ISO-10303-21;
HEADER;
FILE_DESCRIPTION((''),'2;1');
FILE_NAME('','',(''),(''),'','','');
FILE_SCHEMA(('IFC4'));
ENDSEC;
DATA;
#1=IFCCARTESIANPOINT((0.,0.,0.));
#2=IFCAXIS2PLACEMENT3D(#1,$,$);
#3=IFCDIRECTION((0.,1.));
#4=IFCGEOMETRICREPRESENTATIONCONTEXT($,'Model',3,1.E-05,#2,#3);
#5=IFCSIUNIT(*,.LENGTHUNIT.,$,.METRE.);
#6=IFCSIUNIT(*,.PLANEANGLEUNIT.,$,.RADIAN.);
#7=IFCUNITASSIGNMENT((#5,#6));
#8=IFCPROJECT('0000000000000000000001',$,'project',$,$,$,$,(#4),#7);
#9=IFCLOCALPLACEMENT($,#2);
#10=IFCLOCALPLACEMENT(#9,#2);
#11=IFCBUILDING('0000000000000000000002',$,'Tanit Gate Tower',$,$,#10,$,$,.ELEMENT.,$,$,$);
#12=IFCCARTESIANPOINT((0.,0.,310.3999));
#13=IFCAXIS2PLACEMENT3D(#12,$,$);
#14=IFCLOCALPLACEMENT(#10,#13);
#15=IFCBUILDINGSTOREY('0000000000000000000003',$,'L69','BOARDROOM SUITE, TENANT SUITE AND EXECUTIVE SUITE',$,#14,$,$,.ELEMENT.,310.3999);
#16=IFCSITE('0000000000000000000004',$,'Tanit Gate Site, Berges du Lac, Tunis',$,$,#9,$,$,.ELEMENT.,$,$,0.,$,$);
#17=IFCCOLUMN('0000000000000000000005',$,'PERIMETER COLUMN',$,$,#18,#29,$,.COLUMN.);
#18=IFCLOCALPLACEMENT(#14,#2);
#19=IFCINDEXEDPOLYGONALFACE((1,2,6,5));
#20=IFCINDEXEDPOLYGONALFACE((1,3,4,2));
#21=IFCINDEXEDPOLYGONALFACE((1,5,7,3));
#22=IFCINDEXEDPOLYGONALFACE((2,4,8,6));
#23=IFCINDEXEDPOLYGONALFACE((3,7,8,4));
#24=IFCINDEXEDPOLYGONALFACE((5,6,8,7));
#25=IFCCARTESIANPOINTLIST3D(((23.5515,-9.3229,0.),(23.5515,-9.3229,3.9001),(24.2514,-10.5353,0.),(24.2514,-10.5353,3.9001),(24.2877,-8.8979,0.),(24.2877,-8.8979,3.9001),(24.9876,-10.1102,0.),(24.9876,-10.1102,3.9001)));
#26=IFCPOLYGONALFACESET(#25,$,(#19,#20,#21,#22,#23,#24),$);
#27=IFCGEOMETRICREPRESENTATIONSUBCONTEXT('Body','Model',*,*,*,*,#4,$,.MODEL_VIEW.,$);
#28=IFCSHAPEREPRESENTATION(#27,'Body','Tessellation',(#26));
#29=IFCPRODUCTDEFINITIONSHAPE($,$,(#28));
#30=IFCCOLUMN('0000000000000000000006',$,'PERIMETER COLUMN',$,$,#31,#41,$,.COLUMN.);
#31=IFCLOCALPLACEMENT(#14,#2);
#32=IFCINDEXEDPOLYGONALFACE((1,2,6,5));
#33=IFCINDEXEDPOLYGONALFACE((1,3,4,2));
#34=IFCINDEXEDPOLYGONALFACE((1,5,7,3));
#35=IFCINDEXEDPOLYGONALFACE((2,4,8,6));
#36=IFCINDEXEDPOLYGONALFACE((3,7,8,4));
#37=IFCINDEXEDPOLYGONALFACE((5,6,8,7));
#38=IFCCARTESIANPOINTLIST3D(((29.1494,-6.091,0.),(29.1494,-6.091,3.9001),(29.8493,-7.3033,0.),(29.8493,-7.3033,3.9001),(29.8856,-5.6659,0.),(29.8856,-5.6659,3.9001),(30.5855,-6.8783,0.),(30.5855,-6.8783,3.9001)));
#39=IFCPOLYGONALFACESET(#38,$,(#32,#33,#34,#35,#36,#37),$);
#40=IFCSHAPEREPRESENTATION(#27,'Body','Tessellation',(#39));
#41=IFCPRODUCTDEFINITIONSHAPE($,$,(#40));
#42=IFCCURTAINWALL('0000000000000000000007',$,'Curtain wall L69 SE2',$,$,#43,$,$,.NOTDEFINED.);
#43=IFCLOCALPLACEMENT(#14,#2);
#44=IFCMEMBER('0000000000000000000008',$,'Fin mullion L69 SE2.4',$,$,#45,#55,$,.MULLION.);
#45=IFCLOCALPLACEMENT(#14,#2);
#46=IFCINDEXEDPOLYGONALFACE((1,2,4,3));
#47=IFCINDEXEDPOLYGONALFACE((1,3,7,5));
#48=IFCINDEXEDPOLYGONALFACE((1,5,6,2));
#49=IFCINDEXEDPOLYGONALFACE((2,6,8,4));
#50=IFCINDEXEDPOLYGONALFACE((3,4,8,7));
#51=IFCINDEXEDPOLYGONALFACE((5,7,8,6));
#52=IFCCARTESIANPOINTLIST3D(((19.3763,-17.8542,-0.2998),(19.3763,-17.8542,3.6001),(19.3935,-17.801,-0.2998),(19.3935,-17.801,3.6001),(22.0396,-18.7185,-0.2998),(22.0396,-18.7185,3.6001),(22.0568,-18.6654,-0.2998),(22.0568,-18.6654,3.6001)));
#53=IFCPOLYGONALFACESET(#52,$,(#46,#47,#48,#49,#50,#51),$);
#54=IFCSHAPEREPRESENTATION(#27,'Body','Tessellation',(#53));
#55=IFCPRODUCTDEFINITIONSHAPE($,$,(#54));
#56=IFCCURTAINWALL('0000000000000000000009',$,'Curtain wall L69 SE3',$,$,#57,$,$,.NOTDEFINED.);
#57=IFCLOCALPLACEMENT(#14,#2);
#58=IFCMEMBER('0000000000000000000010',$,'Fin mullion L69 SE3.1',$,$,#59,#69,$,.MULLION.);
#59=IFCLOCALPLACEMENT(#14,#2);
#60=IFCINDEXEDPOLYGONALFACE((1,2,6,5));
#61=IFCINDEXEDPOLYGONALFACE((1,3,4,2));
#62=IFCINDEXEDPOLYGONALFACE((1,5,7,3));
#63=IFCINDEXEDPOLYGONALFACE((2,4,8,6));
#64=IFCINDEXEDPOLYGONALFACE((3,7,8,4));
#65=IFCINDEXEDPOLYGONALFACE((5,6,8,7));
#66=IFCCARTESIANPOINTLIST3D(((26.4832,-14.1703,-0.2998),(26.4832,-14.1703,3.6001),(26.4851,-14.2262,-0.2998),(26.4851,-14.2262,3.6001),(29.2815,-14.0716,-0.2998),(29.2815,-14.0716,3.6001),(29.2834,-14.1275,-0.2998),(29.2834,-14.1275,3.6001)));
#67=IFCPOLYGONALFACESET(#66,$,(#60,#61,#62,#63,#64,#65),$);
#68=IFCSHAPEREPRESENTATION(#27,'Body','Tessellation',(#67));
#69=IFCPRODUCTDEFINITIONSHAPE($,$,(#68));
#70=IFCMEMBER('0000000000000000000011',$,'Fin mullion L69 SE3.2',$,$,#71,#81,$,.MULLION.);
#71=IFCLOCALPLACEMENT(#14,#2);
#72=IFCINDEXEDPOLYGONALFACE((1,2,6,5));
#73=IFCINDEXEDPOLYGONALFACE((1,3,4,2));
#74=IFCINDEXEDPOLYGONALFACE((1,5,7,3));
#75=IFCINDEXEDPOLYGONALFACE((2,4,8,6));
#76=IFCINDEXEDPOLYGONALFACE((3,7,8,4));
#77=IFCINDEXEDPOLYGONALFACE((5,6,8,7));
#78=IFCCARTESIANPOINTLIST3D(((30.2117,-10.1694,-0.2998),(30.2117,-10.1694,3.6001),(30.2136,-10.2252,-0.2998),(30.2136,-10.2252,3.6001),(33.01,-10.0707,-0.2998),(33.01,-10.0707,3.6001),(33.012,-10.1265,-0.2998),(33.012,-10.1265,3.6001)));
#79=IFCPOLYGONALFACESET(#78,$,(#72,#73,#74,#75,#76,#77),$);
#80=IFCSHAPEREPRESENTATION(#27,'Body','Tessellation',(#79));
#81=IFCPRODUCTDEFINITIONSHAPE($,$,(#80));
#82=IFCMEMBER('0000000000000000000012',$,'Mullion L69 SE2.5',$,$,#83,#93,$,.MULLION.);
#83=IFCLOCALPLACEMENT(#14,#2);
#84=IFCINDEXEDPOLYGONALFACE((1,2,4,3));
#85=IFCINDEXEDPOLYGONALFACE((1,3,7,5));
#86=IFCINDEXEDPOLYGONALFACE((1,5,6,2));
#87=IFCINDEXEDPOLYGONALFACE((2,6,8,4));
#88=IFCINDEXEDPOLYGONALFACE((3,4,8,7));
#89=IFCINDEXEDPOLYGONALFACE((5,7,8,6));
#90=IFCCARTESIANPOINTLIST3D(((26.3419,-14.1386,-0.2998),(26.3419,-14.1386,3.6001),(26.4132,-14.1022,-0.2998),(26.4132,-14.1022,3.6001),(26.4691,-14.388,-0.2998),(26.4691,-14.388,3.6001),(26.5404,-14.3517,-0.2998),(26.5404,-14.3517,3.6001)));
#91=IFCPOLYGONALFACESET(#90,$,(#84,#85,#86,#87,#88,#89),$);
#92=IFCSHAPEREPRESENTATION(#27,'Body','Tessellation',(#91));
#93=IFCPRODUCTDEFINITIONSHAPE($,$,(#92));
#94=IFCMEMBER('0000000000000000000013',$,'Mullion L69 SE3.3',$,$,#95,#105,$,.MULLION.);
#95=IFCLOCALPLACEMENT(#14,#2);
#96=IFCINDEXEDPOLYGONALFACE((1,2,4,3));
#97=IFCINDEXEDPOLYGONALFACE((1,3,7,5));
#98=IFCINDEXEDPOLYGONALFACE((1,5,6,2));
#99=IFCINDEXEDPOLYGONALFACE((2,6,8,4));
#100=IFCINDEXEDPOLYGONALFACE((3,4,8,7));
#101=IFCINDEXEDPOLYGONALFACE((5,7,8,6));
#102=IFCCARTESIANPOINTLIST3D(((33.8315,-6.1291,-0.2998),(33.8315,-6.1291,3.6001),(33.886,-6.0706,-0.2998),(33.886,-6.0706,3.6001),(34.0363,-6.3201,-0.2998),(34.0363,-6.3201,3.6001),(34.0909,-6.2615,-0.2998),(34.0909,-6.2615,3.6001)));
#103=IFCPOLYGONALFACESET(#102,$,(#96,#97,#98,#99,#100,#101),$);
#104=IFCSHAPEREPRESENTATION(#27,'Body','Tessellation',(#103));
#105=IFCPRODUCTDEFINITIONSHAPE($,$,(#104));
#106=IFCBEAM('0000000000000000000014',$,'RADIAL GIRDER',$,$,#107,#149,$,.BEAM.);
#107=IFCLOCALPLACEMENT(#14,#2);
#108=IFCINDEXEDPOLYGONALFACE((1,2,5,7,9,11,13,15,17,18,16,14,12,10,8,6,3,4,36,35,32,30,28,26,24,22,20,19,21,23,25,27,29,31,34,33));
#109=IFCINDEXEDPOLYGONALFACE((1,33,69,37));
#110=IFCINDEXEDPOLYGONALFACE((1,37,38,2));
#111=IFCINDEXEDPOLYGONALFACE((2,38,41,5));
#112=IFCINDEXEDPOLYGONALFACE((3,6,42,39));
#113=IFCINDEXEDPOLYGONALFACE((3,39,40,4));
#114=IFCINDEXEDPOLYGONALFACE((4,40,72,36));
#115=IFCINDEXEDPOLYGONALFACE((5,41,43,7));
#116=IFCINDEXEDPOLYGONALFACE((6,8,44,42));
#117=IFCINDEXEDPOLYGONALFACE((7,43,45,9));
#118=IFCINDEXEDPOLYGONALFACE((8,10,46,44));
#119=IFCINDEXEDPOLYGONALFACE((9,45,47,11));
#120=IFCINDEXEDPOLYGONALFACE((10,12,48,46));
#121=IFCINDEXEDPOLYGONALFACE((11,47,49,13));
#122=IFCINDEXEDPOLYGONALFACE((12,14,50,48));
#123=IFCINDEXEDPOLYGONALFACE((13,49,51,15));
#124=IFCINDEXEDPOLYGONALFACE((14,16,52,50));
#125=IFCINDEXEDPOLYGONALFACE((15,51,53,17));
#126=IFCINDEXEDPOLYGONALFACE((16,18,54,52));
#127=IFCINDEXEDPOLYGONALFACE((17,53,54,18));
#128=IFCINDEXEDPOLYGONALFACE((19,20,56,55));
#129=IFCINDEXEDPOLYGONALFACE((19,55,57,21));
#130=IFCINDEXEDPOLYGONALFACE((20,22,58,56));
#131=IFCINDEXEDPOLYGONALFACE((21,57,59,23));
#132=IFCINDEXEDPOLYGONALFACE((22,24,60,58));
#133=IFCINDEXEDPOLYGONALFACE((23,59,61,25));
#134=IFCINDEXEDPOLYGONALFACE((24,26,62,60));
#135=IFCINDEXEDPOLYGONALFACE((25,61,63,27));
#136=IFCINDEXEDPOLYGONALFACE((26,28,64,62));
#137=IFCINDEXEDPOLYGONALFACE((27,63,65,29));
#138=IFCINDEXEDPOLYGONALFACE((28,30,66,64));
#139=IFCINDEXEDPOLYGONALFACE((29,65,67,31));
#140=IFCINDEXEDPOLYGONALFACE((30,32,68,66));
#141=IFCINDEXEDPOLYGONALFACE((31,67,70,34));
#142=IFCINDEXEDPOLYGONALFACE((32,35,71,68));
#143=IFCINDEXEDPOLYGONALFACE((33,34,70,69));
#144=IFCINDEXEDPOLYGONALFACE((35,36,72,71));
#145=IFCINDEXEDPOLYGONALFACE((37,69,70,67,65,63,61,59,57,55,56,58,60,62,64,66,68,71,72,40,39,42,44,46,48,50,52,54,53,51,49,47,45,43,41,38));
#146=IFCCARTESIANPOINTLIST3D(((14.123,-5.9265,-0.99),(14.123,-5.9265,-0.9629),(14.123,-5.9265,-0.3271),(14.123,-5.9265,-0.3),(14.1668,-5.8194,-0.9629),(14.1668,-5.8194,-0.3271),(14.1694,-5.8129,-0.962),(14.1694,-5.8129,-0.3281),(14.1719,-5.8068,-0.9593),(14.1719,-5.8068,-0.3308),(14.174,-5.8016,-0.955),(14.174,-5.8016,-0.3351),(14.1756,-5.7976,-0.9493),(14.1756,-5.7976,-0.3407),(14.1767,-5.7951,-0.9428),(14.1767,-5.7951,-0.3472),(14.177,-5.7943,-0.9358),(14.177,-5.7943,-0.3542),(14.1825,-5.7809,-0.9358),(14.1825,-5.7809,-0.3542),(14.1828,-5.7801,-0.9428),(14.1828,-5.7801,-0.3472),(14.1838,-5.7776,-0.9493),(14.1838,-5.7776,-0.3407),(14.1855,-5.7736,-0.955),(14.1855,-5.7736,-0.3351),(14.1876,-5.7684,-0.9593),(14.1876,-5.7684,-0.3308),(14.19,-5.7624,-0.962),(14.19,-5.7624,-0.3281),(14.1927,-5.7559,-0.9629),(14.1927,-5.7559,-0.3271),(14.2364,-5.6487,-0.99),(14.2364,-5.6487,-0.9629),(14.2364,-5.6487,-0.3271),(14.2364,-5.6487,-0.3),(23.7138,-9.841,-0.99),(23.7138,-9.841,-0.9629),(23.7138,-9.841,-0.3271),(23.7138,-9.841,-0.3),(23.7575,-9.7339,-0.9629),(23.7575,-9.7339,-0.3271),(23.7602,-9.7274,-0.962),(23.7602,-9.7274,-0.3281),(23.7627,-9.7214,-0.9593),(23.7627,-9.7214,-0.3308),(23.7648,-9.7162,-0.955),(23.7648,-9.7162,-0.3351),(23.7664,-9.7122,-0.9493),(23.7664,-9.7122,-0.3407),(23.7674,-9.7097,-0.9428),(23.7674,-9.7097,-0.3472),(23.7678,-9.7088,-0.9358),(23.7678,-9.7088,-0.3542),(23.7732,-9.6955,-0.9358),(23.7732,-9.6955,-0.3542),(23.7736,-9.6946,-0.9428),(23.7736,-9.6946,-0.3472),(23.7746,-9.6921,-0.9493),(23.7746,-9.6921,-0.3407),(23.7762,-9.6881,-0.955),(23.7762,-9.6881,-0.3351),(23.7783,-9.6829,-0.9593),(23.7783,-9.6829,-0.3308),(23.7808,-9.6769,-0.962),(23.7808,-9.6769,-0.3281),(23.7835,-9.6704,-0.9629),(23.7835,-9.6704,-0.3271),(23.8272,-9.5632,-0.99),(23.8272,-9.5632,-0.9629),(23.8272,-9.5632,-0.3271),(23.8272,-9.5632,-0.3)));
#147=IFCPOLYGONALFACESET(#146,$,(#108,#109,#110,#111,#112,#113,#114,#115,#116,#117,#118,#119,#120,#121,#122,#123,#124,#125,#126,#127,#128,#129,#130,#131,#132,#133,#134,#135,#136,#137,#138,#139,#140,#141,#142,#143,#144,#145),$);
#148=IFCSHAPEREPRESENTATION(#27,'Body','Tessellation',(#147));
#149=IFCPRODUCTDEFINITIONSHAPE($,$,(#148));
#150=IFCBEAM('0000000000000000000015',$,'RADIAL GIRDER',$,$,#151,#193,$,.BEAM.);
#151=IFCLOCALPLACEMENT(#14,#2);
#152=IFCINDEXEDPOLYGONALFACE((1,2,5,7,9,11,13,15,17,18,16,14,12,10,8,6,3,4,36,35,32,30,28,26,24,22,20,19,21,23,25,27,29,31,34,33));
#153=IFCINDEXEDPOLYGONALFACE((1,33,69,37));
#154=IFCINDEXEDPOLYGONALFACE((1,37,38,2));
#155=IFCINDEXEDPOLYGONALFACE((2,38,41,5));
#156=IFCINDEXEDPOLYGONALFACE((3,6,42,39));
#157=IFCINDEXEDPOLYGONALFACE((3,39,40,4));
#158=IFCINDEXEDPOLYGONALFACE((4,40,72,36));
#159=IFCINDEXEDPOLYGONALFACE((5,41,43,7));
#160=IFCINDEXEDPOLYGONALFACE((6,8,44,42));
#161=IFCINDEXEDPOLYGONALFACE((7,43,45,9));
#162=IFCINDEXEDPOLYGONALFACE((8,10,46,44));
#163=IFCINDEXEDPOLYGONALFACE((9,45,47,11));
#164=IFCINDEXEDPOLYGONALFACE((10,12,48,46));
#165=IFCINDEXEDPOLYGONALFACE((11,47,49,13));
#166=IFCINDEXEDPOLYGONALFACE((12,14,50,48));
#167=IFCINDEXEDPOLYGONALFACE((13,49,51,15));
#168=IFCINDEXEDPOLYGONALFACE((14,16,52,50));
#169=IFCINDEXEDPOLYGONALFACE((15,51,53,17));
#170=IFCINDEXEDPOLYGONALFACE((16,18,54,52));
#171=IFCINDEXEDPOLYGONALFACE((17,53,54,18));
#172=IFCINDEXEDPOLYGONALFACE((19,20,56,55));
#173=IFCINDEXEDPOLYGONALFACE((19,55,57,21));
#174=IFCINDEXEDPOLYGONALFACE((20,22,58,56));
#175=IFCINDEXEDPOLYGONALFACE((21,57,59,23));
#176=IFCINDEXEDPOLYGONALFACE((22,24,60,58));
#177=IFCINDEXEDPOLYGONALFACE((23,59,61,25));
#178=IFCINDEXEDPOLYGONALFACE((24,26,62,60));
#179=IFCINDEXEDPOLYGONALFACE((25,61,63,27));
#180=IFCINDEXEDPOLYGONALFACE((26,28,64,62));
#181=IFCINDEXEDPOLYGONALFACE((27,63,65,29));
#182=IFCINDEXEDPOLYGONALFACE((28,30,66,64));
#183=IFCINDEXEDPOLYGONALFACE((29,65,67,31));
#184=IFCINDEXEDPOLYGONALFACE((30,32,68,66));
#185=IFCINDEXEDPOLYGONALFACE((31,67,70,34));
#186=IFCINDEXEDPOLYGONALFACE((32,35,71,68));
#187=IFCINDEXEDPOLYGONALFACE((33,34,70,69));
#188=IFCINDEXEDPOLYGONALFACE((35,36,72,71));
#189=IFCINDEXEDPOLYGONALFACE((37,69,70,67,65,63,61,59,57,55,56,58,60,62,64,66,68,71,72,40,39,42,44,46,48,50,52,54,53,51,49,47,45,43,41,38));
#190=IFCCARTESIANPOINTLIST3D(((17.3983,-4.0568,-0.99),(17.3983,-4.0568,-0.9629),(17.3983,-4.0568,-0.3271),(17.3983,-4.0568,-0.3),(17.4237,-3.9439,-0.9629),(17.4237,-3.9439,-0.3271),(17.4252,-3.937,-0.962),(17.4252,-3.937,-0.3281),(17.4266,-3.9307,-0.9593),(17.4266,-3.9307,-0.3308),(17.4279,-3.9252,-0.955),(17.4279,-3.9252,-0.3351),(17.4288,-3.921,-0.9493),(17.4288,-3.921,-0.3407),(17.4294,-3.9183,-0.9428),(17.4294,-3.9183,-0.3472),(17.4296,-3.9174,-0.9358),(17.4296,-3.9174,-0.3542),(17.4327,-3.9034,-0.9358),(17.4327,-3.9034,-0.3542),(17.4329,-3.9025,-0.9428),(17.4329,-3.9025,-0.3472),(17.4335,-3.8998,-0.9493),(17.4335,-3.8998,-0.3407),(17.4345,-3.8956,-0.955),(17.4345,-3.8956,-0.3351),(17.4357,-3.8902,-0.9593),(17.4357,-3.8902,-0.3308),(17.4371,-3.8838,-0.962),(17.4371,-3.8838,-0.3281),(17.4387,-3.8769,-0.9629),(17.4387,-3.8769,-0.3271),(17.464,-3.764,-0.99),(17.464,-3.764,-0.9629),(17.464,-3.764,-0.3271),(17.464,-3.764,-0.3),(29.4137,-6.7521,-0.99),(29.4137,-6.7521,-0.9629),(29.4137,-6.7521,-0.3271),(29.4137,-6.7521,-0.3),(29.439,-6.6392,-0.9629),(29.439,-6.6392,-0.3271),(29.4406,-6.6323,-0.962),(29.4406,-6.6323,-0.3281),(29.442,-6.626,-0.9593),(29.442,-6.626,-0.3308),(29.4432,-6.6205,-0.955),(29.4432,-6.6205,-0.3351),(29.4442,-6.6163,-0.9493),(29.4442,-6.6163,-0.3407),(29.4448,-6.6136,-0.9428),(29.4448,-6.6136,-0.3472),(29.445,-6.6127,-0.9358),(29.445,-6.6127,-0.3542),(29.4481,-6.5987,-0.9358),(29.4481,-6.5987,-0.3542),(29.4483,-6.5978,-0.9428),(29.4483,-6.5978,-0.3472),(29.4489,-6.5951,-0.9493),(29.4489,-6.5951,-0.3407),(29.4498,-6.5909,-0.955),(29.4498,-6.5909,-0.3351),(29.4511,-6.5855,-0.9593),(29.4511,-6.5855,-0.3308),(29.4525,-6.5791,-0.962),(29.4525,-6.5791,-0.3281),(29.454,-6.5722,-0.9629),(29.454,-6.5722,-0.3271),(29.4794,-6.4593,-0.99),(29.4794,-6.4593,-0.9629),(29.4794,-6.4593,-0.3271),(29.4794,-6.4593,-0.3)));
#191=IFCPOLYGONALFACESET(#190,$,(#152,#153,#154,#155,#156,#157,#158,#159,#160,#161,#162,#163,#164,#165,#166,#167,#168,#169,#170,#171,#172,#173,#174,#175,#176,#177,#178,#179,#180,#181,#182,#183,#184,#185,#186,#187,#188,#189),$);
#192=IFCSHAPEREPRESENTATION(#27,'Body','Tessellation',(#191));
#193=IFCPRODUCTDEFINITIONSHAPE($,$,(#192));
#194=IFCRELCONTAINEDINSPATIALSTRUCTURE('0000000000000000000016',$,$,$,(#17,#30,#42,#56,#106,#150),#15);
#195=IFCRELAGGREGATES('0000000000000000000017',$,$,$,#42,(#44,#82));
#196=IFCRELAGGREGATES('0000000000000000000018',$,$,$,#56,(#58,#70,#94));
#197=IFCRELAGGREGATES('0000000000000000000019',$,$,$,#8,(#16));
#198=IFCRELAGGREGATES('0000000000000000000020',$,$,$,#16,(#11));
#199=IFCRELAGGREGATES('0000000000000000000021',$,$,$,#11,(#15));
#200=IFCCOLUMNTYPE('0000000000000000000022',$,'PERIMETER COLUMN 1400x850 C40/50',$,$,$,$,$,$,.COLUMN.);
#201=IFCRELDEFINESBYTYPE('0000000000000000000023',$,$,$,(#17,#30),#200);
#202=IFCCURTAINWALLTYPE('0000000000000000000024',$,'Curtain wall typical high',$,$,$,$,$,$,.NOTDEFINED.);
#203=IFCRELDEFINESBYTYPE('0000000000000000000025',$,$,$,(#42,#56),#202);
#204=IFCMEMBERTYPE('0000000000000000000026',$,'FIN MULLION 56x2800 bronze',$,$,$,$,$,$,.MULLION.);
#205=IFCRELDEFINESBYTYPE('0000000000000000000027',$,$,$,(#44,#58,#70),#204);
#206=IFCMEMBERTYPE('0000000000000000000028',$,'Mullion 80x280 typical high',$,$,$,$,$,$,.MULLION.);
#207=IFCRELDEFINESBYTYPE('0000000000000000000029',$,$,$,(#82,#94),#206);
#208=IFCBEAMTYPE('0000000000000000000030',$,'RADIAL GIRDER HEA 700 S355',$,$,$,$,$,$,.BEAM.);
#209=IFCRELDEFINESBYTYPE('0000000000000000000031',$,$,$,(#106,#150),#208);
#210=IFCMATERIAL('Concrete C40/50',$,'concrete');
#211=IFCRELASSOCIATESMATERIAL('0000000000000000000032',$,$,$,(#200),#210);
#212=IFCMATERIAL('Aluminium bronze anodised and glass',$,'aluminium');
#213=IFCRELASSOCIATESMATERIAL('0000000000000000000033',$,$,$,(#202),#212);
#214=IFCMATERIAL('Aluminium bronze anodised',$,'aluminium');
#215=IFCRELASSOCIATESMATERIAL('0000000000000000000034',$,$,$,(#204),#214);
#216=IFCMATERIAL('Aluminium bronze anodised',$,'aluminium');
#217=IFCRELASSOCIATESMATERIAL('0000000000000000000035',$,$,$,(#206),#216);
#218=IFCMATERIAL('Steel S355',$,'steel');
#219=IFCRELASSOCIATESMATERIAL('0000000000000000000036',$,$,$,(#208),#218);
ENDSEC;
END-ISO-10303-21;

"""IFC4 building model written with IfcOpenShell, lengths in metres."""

from ifc_helpers import new_model, si_unit, direction, frame, origin, origin_2d, place, context, subcontext, project, spatial, rectangle, i_section, extrude, material, material_profile, profile_set, type_object, element, aggregate, save


model = new_model("IFC4")

# Units and contexts
model_context = context("Model", 3, precision=1e-05, world=origin(), true_north=direction((0.0, 1.0)))
body_context = subcontext(model_context, "Body", "Model", "MODEL_VIEW")
ifc_project = project(units=[si_unit("LENGTHUNIT", "METRE"), si_unit("PLANEANGLEUNIT", "RADIAN")], contexts=[model_context])

# Site, building, storey
site_placement = place(None, origin())
site = spatial("IfcSite", under=ifc_project, at=site_placement, Name="Tanit Gate Site, Berges du Lac, Tunis", CompositionType="ELEMENT", RefElevation=0.0)
building_placement = place(site_placement, origin())
building = spatial("IfcBuilding", under=site, at=building_placement, Name="Tanit Gate Tower", CompositionType="ELEMENT")
storey_placement = place(building_placement, frame((0.0, 0.0, 310.3999)))
storey = spatial("IfcBuildingStorey", under=building, at=storey_placement, Name="L69", Description="BOARDROOM SUITE, TENANT SUITE AND EXECUTIVE SUITE", CompositionType="ELEMENT", Elevation=310.3999)

# Columns
ifc_material_1 = material(Name="Concrete C40/50", Category="concrete")
ifc_material_profile_1 = material_profile(ifc_material_1, rectangle(XDim=1.3999, YDim=0.8501, at=origin_2d()), Name="RC 1400x850")
ifc_profile_set_1 = profile_set([ifc_material_profile_1], Name="Concrete C40/50")
column_type = type_object("IfcColumnType", Name="PERIMETER COLUMN 1400x850 C40/50", PredefinedType="COLUMN", material=ifc_profile_set_1)
for number, where, z_axis, x_axis, name in (
    (1, (24.2695, -9.7166, 0.0), (0.0, 0.0, 1.0), (0.5, -0.866025, 0.0), "PERIMETER COLUMN"),
    (2, (29.8674, -6.4846, 0.0), (0.0, 0.0, 1.0), (0.5, -0.866025, 0.0), "PERIMETER COLUMN"),
):
    element("IfcColumn", number, at=place(storey_placement, frame(where, z_axis=z_axis, x_axis=x_axis)), inside=storey, type_object=column_type, Name=name, PredefinedType="COLUMN", context=body_context, shape_type="SweptSolid", body=[
        extrude(rectangle(XDim=1.3999, YDim=0.8501, at=origin_2d()), origin(), (0.0, 0.0, 1.0), 3.9001),
    ])

# Curtain wall, member
ifc_material_2 = material(Name="Aluminium bronze anodised and glass", Category="aluminium")
curtain_wall_type = type_object("IfcCurtainWallType", Name="Curtain wall typical high", PredefinedType="NOTDEFINED", material=ifc_material_2)
curtain_wall_1_placement = place(storey_placement, origin())
curtain_wall_1 = element("IfcCurtainWall", 3, at=curtain_wall_1_placement, inside=storey, type_object=curtain_wall_type, Name="Curtain wall L69 SE2", PredefinedType="NOTDEFINED")
ifc_material_3 = material(Name="Aluminium bronze anodised", Category="aluminium")
ifc_material_profile_2 = material_profile(ifc_material_3, rectangle(XDim=2.8, YDim=0.0559, at=origin_2d()), Name="56x2800 bronze fin mullion")
ifc_profile_set_2 = profile_set([ifc_material_profile_2], Name="Aluminium bronze anodised")
member_type_1 = type_object("IfcMemberType", Name="FIN MULLION 56x2800 bronze", PredefinedType="MULLION", material=ifc_profile_set_2)
member_1_placement = place(storey_placement, frame((20.7166, -18.2598, -0.2998), z_axis=(0.0, 0.0, 1.0), x_axis=(-0.95116, 0.3087, 0.0)))
member_1 = element("IfcMember", 4, at=member_1_placement, type_object=member_type_1, Name="Fin mullion L69 SE2.4", PredefinedType="MULLION", context=body_context, shape_type="SweptSolid", body=[
    extrude(rectangle(XDim=2.8, YDim=0.0559, at=origin_2d()), origin(), (0.0, 0.0, 1.0), 3.8999),
])

# Curtain wall, members
curtain_wall_2_placement = place(storey_placement, origin())
curtain_wall_2 = element("IfcCurtainWall", 5, at=curtain_wall_2_placement, inside=storey, type_object=curtain_wall_type, Name="Curtain wall L69 SE3", PredefinedType="NOTDEFINED")
member_2_placement = place(storey_placement, frame((27.8833, -14.1489, -0.2998), z_axis=(0.0, 0.0, 1.0), x_axis=(-0.999379, -0.035242, 0.0)))
member_2 = element("IfcMember", 6, at=member_2_placement, type_object=member_type_1, Name="Fin mullion L69 SE3.1", PredefinedType="MULLION", context=body_context, shape_type="SweptSolid", body=[
    extrude(rectangle(XDim=2.8, YDim=0.0559, at=origin_2d()), origin(), (0.0, 0.0, 1.0), 3.8999),
])
member_3_placement = place(storey_placement, frame((31.6118, -10.1479, -0.2998), z_axis=(0.0, 0.0, 1.0), x_axis=(-0.999379, -0.035242, 0.0)))
member_3 = element("IfcMember", 7, at=member_3_placement, type_object=member_type_1, Name="Fin mullion L69 SE3.2", PredefinedType="MULLION", context=body_context, shape_type="SweptSolid", body=[
    extrude(rectangle(XDim=2.8, YDim=0.0559, at=origin_2d()), origin(), (0.0, 0.0, 1.0), 3.8999),
])

# Members
ifc_material_4 = material(Name="Aluminium bronze anodised", Category="aluminium")
ifc_material_profile_3 = material_profile(ifc_material_4, rectangle(XDim=0.28, YDim=0.0801, at=origin_2d()), Name="80x280 bronze mullion")
ifc_profile_set_3 = profile_set([ifc_material_profile_3], Name="Aluminium bronze anodised")
member_type_2 = type_object("IfcMemberType", Name="Mullion 80x280 typical high", PredefinedType="MULLION", material=ifc_profile_set_3)
member_4_placement = place(storey_placement, frame((26.4412, -14.2451, -0.2998), z_axis=(0.0, 0.0, 1.0), x_axis=(-0.454288, 0.890855, 0.0)))
member_4 = element("IfcMember", 8, at=member_4_placement, type_object=member_type_2, Name="Mullion L69 SE2.5", PredefinedType="MULLION", context=body_context, shape_type="SweptSolid", body=[
    extrude(rectangle(XDim=0.28, YDim=0.0801, at=origin_2d()), origin(), (0.0, 0.0, 1.0), 3.8999),
])
member_5_placement = place(storey_placement, frame((33.9612, -6.1953, -0.2998), z_axis=(0.0, 0.0, 1.0), x_axis=(-0.731587, 0.681748, 0.0)))
member_5 = element("IfcMember", 9, at=member_5_placement, type_object=member_type_2, Name="Mullion L69 SE3.3", PredefinedType="MULLION", context=body_context, shape_type="SweptSolid", body=[
    extrude(rectangle(XDim=0.28, YDim=0.0801, at=origin_2d()), origin(), (0.0, 0.0, 1.0), 3.8999),
])

# Beams
ifc_material_5 = material(Name="Steel S355", Category="steel")
ifc_material_profile_4 = material_profile(ifc_material_5, i_section(OverallWidth=0.3, OverallDepth=0.6899, WebThickness=0.0144, FlangeThickness=0.0271, FilletRadius=0.0271, at=origin_2d()), Name="HEA 700")
ifc_profile_set_4 = profile_set([ifc_material_profile_4], Name="Steel S355")
beam_type = type_object("IfcBeamType", Name="RADIAL GIRDER HEA 700 S355", PredefinedType="BEAM", material=ifc_profile_set_4)
beam_1_placement = place(storey_placement, frame((23.7705, -9.7021, -0.645), z_axis=(-0.92585, 0.377891, 0.0), x_axis=(-0.377891, -0.92585, 0.0)))
element("IfcBeam", 10, at=beam_1_placement, inside=storey, type_object=beam_type, Name="RADIAL GIRDER", PredefinedType="BEAM", context=body_context, shape_type="SweptSolid", body=[
    extrude(i_section(OverallWidth=0.3, OverallDepth=0.6899, WebThickness=0.0144, FlangeThickness=0.0271, FilletRadius=0.0271, at=origin_2d()), origin(), (0.0, 0.0, 1.0), 10.3589),
])
beam_2_placement = place(storey_placement, frame((29.4465, -6.6057, -0.645), z_axis=(-0.975751, 0.218882, 0.0), x_axis=(-0.218882, -0.975751, 0.0)))
element("IfcBeam", 11, at=beam_2_placement, inside=storey, type_object=beam_type, Name="RADIAL GIRDER", PredefinedType="BEAM", context=body_context, shape_type="SweptSolid", body=[
    extrude(i_section(OverallWidth=0.3, OverallDepth=0.6899, WebThickness=0.0144, FlangeThickness=0.0271, FilletRadius=0.0271, at=origin_2d()), origin(), (0.0, 0.0, 1.0), 12.314),
])

aggregate(curtain_wall_1, [member_1, member_4])
aggregate(curtain_wall_2, [member_2, member_3, member_5])

save(model, "model.ifc")
